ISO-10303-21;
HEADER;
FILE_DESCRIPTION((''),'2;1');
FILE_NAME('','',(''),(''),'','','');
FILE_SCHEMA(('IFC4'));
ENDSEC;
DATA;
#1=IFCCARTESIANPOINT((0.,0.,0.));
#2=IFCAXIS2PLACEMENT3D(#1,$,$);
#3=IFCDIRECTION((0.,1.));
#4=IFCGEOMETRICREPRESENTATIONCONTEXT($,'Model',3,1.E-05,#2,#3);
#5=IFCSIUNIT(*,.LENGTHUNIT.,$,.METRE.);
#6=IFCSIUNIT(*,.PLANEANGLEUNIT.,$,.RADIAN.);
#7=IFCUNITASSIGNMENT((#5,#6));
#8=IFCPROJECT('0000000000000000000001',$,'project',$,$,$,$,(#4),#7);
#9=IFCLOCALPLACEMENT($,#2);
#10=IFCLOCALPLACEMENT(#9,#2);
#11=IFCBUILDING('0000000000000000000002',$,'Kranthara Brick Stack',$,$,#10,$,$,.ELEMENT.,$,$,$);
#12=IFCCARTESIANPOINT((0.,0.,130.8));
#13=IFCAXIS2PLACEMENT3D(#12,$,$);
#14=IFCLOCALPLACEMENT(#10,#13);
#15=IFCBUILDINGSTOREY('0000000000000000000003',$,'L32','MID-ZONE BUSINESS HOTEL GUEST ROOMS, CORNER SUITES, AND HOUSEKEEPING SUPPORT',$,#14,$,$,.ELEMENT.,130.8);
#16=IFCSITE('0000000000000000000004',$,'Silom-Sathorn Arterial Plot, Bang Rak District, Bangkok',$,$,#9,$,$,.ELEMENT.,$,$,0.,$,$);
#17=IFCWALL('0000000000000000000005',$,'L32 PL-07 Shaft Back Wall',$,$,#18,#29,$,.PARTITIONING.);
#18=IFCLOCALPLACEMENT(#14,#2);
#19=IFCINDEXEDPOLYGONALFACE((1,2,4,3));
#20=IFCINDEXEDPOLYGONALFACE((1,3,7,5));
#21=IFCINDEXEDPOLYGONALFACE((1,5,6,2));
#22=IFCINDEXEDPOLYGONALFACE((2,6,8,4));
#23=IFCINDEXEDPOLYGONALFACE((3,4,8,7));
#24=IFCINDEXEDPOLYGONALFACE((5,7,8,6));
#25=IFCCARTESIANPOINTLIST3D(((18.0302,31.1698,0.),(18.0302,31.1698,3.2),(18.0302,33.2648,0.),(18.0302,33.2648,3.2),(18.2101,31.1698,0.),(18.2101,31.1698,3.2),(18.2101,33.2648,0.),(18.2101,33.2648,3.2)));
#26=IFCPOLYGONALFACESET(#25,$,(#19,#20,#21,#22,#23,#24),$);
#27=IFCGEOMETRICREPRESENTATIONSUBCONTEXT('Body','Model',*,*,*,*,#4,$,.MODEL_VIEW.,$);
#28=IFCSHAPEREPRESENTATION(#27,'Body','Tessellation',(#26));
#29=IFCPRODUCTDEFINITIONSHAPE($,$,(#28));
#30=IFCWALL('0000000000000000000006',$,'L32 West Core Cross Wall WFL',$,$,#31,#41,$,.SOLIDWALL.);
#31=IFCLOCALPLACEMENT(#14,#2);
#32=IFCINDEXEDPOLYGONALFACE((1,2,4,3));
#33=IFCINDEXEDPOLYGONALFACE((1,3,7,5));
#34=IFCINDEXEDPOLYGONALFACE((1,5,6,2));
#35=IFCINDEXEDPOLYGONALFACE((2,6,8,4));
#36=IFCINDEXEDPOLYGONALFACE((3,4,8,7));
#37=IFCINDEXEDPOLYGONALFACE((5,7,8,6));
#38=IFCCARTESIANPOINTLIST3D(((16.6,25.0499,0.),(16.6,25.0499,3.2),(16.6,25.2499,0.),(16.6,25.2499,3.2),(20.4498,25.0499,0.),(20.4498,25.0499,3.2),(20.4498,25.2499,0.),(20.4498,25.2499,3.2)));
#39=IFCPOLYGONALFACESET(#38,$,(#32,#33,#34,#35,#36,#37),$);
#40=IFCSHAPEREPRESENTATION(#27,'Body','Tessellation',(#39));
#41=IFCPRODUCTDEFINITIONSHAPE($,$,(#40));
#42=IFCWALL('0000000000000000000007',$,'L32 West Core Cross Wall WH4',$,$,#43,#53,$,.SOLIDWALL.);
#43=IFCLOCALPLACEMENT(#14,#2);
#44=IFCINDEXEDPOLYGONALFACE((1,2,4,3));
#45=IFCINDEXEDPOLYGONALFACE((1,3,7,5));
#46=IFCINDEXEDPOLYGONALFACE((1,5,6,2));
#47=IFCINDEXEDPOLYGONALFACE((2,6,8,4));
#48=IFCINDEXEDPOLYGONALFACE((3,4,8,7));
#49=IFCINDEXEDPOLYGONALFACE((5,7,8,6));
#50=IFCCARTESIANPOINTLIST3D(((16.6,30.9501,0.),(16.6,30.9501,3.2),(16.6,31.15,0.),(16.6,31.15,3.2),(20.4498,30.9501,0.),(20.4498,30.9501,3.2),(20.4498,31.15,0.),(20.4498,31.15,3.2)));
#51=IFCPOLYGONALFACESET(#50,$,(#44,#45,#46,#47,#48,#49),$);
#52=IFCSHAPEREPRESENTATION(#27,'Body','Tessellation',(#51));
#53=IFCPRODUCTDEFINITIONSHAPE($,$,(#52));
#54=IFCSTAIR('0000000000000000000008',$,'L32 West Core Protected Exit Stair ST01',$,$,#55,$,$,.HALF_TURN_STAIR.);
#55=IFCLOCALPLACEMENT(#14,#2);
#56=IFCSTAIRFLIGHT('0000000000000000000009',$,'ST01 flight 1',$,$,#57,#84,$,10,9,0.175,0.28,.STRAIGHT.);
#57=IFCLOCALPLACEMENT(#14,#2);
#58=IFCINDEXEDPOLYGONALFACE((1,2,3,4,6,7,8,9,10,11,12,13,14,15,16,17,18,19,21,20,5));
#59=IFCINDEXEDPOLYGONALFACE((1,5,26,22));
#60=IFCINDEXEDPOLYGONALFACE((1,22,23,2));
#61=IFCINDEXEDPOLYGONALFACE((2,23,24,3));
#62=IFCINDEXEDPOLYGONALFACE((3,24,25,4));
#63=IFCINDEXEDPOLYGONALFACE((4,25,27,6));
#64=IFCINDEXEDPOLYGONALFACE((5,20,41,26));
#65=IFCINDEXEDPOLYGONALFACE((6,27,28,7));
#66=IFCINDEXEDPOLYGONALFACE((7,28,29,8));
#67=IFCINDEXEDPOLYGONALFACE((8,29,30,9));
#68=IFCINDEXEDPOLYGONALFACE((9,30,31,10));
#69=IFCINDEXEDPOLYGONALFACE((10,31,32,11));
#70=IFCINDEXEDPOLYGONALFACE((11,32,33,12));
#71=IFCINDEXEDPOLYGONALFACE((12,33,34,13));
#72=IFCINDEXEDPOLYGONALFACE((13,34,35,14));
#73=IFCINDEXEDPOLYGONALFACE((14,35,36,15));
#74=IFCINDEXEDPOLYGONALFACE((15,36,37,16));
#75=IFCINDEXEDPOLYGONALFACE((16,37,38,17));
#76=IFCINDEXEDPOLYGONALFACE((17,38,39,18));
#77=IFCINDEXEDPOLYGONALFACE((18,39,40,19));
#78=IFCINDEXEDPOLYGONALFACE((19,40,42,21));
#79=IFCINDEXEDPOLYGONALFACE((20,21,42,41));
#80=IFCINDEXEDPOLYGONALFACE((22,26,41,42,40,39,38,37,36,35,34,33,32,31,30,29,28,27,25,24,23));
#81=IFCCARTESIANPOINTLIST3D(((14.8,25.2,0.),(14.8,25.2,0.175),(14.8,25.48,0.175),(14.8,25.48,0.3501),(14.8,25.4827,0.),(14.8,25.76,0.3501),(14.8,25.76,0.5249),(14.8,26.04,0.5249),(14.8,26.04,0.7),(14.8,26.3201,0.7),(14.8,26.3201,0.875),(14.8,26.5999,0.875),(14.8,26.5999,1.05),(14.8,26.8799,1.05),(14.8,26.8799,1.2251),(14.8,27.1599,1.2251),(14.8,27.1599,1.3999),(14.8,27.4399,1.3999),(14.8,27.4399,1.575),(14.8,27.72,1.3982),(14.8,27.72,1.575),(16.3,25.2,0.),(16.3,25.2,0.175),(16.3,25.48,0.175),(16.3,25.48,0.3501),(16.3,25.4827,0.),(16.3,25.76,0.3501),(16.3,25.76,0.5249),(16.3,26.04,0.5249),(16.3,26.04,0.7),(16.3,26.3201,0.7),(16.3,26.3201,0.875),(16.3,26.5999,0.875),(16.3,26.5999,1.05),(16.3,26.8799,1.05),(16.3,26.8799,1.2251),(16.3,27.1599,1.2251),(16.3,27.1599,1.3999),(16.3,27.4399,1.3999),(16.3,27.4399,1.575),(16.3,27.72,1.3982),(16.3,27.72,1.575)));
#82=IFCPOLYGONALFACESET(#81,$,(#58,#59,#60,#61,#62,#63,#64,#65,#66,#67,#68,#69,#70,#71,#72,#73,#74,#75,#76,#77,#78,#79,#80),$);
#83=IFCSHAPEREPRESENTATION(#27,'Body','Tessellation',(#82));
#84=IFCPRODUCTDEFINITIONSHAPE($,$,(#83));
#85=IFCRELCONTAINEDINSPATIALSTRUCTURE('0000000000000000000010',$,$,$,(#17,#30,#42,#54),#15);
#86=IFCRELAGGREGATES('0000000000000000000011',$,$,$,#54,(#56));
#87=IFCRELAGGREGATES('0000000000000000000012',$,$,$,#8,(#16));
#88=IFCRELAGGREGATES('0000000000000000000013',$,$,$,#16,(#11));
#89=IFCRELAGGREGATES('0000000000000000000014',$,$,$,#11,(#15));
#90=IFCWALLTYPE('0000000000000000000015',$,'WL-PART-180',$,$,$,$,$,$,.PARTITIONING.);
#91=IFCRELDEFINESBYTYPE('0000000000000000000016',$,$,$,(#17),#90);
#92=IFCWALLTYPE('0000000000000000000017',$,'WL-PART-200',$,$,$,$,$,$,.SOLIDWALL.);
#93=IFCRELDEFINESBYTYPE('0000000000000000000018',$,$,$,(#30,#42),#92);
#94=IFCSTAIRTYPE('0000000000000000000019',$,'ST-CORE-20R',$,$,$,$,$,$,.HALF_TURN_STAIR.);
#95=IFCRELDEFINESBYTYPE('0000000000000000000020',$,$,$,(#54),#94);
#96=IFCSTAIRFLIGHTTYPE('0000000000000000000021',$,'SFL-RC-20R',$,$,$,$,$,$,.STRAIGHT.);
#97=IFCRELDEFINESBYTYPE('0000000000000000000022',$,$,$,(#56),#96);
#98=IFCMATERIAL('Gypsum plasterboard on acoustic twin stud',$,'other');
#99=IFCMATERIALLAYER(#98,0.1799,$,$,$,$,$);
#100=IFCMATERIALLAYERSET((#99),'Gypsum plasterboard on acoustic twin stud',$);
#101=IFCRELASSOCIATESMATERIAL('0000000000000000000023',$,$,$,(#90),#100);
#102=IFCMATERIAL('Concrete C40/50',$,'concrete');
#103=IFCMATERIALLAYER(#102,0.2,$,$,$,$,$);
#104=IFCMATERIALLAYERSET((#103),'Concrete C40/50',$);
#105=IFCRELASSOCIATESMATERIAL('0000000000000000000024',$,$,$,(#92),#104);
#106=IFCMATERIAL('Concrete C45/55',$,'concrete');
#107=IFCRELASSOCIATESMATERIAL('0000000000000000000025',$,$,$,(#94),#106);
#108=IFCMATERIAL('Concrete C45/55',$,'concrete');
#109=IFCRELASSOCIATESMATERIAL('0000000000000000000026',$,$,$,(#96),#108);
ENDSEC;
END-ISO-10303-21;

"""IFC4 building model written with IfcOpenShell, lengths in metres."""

from ifc_helpers import new_model, si_unit, direction, frame, frame_2d, origin, place, context, subcontext, project, spatial, polyline, rectangle, outline, extrude, material, layer, layer_set, type_object, element, aggregate, save


model = new_model("IFC4")

# Units and contexts
model_context = context("Model", 3, precision=1e-05, world=origin(), true_north=direction((0.0, 1.0)))
body_context = subcontext(model_context, "Body", "Model", "MODEL_VIEW")
ifc_project = project(units=[si_unit("LENGTHUNIT", "METRE"), si_unit("PLANEANGLEUNIT", "RADIAN")], contexts=[model_context])

# Site, building, storey
site_placement = place(None, origin())
site = spatial("IfcSite", under=ifc_project, at=site_placement, Name="Silom-Sathorn Arterial Plot, Bang Rak District, Bangkok", CompositionType="ELEMENT", RefElevation=0.0)
building_placement = place(site_placement, origin())
building = spatial("IfcBuilding", under=site, at=building_placement, Name="Kranthara Brick Stack", CompositionType="ELEMENT")
storey_placement = place(building_placement, frame((0.0, 0.0, 130.8)))
storey = spatial("IfcBuildingStorey", under=building, at=storey_placement, Name="L32", Description="MID-ZONE BUSINESS HOTEL GUEST ROOMS, CORNER SUITES, AND HOUSEKEEPING SUPPORT", CompositionType="ELEMENT", Elevation=130.8)

# Walls
ifc_material_1 = material(Name="Gypsum plasterboard on acoustic twin stud", Category="other")
ifc_layer_1 = layer(ifc_material_1, 0.1799)
ifc_layer_set_1 = layer_set([ifc_layer_1], Name="Gypsum plasterboard on acoustic twin stud")
wall_type_1 = type_object("IfcWallType", Name="WL-PART-180", PredefinedType="PARTITIONING", material=ifc_layer_set_1)
wall_1_placement = place(storey_placement, frame((18.1201, 31.1699, 0.0), z_axis=(0.0, 0.0, 1.0), x_axis=(0.0, 1.0, 0.0)))
element("IfcWall", 1, at=wall_1_placement, inside=storey, type_object=wall_type_1, Name="L32 PL-07 Shaft Back Wall", PredefinedType="PARTITIONING", context=body_context, shape_type="SweptSolid", body=[
    extrude(rectangle(XDim=2.095, YDim=0.1799, at=frame_2d((1.0474, 0.0))), origin(), (0.0, 0.0, 1.0), 3.2),
])
ifc_material_2 = material(Name="Concrete C40/50", Category="concrete")
ifc_layer_2 = layer(ifc_material_2, 0.2)
ifc_layer_set_2 = layer_set([ifc_layer_2], Name="Concrete C40/50")
wall_type_2 = type_object("IfcWallType", Name="WL-PART-200", PredefinedType="SOLIDWALL", material=ifc_layer_set_2)
for number, where, z_axis, x_axis, name in (
    (2, (16.6001, 25.1499, 0.0), (0.0, 0.0, 1.0), (1.0, 0.0, 0.0), "L32 West Core Cross Wall WFL"),
    (3, (16.6001, 31.05, 0.0), (0.0, 0.0, 1.0), (1.0, 0.0, 0.0), "L32 West Core Cross Wall WH4"),
):
    element("IfcWall", number, at=place(storey_placement, frame(where, z_axis=z_axis, x_axis=x_axis)), inside=storey, type_object=wall_type_2, Name=name, PredefinedType="SOLIDWALL", context=body_context, shape_type="SweptSolid", body=[
        extrude(rectangle(XDim=3.8499, YDim=0.2, at=frame_2d((1.9248, 0.0))), origin(), (0.0, 0.0, 1.0), 3.2),
    ])

# Stair, stair flight
ifc_material_3 = material(Name="Concrete C45/55", Category="concrete")
stair_type = type_object("IfcStairType", Name="ST-CORE-20R", PredefinedType="HALF_TURN_STAIR", material=ifc_material_3)
stair_placement = place(storey_placement, origin())
stair = element("IfcStair", 4, at=stair_placement, inside=storey, type_object=stair_type, Name="L32 West Core Protected Exit Stair ST01", PredefinedType="HALF_TURN_STAIR")
ifc_material_4 = material(Name="Concrete C45/55", Category="concrete")
stair_flight_type = type_object("IfcStairFlightType", Name="SFL-RC-20R", PredefinedType="STRAIGHT", material=ifc_material_4)
stair_flight_placement = place(storey_placement, frame((15.55, 25.2, 0.0), z_axis=(0.0, 0.0, 1.0), x_axis=(0.0, 1.0, 0.0)))
stair_flight = element("IfcStairFlight", 5, at=stair_flight_placement, type_object=stair_flight_type, Name="ST01 flight 1", NumberOfRisers=10, NumberOfTreads=9, PredefinedType="STRAIGHT", RiserHeight=0.175, TreadLength=0.28, context=body_context, shape_type="SweptSolid", body=[
    extrude(outline(polyline([(0.0, 0.0), (0.0, 0.175), (0.28, 0.175), (0.28, 0.3501), (0.5601, 0.3501), (0.5601, 0.5249), (0.8401, 0.5249), (0.8401, 0.7), (1.1201, 0.7), (1.1201, 0.875), (1.3999, 0.875), (1.3999, 1.05), (1.6799, 1.05), (1.6799, 1.2251), (1.96, 1.2251), (1.96, 1.3999), (2.24, 1.3999), (2.24, 1.575), (2.52, 1.575), (2.52, 1.75), (2.52, 1.3982), (0.2827, 0.0), (0.0, 0.0)])), frame((0.0, 0.75, 0.0), z_axis=(0.0, -1.0, 0.0), x_axis=(1.0, 0.0, 0.0)), (0.0, 0.0, 1.0), 1.5),
])
aggregate(stair, [stair_flight])

save(model, "model.ifc")
